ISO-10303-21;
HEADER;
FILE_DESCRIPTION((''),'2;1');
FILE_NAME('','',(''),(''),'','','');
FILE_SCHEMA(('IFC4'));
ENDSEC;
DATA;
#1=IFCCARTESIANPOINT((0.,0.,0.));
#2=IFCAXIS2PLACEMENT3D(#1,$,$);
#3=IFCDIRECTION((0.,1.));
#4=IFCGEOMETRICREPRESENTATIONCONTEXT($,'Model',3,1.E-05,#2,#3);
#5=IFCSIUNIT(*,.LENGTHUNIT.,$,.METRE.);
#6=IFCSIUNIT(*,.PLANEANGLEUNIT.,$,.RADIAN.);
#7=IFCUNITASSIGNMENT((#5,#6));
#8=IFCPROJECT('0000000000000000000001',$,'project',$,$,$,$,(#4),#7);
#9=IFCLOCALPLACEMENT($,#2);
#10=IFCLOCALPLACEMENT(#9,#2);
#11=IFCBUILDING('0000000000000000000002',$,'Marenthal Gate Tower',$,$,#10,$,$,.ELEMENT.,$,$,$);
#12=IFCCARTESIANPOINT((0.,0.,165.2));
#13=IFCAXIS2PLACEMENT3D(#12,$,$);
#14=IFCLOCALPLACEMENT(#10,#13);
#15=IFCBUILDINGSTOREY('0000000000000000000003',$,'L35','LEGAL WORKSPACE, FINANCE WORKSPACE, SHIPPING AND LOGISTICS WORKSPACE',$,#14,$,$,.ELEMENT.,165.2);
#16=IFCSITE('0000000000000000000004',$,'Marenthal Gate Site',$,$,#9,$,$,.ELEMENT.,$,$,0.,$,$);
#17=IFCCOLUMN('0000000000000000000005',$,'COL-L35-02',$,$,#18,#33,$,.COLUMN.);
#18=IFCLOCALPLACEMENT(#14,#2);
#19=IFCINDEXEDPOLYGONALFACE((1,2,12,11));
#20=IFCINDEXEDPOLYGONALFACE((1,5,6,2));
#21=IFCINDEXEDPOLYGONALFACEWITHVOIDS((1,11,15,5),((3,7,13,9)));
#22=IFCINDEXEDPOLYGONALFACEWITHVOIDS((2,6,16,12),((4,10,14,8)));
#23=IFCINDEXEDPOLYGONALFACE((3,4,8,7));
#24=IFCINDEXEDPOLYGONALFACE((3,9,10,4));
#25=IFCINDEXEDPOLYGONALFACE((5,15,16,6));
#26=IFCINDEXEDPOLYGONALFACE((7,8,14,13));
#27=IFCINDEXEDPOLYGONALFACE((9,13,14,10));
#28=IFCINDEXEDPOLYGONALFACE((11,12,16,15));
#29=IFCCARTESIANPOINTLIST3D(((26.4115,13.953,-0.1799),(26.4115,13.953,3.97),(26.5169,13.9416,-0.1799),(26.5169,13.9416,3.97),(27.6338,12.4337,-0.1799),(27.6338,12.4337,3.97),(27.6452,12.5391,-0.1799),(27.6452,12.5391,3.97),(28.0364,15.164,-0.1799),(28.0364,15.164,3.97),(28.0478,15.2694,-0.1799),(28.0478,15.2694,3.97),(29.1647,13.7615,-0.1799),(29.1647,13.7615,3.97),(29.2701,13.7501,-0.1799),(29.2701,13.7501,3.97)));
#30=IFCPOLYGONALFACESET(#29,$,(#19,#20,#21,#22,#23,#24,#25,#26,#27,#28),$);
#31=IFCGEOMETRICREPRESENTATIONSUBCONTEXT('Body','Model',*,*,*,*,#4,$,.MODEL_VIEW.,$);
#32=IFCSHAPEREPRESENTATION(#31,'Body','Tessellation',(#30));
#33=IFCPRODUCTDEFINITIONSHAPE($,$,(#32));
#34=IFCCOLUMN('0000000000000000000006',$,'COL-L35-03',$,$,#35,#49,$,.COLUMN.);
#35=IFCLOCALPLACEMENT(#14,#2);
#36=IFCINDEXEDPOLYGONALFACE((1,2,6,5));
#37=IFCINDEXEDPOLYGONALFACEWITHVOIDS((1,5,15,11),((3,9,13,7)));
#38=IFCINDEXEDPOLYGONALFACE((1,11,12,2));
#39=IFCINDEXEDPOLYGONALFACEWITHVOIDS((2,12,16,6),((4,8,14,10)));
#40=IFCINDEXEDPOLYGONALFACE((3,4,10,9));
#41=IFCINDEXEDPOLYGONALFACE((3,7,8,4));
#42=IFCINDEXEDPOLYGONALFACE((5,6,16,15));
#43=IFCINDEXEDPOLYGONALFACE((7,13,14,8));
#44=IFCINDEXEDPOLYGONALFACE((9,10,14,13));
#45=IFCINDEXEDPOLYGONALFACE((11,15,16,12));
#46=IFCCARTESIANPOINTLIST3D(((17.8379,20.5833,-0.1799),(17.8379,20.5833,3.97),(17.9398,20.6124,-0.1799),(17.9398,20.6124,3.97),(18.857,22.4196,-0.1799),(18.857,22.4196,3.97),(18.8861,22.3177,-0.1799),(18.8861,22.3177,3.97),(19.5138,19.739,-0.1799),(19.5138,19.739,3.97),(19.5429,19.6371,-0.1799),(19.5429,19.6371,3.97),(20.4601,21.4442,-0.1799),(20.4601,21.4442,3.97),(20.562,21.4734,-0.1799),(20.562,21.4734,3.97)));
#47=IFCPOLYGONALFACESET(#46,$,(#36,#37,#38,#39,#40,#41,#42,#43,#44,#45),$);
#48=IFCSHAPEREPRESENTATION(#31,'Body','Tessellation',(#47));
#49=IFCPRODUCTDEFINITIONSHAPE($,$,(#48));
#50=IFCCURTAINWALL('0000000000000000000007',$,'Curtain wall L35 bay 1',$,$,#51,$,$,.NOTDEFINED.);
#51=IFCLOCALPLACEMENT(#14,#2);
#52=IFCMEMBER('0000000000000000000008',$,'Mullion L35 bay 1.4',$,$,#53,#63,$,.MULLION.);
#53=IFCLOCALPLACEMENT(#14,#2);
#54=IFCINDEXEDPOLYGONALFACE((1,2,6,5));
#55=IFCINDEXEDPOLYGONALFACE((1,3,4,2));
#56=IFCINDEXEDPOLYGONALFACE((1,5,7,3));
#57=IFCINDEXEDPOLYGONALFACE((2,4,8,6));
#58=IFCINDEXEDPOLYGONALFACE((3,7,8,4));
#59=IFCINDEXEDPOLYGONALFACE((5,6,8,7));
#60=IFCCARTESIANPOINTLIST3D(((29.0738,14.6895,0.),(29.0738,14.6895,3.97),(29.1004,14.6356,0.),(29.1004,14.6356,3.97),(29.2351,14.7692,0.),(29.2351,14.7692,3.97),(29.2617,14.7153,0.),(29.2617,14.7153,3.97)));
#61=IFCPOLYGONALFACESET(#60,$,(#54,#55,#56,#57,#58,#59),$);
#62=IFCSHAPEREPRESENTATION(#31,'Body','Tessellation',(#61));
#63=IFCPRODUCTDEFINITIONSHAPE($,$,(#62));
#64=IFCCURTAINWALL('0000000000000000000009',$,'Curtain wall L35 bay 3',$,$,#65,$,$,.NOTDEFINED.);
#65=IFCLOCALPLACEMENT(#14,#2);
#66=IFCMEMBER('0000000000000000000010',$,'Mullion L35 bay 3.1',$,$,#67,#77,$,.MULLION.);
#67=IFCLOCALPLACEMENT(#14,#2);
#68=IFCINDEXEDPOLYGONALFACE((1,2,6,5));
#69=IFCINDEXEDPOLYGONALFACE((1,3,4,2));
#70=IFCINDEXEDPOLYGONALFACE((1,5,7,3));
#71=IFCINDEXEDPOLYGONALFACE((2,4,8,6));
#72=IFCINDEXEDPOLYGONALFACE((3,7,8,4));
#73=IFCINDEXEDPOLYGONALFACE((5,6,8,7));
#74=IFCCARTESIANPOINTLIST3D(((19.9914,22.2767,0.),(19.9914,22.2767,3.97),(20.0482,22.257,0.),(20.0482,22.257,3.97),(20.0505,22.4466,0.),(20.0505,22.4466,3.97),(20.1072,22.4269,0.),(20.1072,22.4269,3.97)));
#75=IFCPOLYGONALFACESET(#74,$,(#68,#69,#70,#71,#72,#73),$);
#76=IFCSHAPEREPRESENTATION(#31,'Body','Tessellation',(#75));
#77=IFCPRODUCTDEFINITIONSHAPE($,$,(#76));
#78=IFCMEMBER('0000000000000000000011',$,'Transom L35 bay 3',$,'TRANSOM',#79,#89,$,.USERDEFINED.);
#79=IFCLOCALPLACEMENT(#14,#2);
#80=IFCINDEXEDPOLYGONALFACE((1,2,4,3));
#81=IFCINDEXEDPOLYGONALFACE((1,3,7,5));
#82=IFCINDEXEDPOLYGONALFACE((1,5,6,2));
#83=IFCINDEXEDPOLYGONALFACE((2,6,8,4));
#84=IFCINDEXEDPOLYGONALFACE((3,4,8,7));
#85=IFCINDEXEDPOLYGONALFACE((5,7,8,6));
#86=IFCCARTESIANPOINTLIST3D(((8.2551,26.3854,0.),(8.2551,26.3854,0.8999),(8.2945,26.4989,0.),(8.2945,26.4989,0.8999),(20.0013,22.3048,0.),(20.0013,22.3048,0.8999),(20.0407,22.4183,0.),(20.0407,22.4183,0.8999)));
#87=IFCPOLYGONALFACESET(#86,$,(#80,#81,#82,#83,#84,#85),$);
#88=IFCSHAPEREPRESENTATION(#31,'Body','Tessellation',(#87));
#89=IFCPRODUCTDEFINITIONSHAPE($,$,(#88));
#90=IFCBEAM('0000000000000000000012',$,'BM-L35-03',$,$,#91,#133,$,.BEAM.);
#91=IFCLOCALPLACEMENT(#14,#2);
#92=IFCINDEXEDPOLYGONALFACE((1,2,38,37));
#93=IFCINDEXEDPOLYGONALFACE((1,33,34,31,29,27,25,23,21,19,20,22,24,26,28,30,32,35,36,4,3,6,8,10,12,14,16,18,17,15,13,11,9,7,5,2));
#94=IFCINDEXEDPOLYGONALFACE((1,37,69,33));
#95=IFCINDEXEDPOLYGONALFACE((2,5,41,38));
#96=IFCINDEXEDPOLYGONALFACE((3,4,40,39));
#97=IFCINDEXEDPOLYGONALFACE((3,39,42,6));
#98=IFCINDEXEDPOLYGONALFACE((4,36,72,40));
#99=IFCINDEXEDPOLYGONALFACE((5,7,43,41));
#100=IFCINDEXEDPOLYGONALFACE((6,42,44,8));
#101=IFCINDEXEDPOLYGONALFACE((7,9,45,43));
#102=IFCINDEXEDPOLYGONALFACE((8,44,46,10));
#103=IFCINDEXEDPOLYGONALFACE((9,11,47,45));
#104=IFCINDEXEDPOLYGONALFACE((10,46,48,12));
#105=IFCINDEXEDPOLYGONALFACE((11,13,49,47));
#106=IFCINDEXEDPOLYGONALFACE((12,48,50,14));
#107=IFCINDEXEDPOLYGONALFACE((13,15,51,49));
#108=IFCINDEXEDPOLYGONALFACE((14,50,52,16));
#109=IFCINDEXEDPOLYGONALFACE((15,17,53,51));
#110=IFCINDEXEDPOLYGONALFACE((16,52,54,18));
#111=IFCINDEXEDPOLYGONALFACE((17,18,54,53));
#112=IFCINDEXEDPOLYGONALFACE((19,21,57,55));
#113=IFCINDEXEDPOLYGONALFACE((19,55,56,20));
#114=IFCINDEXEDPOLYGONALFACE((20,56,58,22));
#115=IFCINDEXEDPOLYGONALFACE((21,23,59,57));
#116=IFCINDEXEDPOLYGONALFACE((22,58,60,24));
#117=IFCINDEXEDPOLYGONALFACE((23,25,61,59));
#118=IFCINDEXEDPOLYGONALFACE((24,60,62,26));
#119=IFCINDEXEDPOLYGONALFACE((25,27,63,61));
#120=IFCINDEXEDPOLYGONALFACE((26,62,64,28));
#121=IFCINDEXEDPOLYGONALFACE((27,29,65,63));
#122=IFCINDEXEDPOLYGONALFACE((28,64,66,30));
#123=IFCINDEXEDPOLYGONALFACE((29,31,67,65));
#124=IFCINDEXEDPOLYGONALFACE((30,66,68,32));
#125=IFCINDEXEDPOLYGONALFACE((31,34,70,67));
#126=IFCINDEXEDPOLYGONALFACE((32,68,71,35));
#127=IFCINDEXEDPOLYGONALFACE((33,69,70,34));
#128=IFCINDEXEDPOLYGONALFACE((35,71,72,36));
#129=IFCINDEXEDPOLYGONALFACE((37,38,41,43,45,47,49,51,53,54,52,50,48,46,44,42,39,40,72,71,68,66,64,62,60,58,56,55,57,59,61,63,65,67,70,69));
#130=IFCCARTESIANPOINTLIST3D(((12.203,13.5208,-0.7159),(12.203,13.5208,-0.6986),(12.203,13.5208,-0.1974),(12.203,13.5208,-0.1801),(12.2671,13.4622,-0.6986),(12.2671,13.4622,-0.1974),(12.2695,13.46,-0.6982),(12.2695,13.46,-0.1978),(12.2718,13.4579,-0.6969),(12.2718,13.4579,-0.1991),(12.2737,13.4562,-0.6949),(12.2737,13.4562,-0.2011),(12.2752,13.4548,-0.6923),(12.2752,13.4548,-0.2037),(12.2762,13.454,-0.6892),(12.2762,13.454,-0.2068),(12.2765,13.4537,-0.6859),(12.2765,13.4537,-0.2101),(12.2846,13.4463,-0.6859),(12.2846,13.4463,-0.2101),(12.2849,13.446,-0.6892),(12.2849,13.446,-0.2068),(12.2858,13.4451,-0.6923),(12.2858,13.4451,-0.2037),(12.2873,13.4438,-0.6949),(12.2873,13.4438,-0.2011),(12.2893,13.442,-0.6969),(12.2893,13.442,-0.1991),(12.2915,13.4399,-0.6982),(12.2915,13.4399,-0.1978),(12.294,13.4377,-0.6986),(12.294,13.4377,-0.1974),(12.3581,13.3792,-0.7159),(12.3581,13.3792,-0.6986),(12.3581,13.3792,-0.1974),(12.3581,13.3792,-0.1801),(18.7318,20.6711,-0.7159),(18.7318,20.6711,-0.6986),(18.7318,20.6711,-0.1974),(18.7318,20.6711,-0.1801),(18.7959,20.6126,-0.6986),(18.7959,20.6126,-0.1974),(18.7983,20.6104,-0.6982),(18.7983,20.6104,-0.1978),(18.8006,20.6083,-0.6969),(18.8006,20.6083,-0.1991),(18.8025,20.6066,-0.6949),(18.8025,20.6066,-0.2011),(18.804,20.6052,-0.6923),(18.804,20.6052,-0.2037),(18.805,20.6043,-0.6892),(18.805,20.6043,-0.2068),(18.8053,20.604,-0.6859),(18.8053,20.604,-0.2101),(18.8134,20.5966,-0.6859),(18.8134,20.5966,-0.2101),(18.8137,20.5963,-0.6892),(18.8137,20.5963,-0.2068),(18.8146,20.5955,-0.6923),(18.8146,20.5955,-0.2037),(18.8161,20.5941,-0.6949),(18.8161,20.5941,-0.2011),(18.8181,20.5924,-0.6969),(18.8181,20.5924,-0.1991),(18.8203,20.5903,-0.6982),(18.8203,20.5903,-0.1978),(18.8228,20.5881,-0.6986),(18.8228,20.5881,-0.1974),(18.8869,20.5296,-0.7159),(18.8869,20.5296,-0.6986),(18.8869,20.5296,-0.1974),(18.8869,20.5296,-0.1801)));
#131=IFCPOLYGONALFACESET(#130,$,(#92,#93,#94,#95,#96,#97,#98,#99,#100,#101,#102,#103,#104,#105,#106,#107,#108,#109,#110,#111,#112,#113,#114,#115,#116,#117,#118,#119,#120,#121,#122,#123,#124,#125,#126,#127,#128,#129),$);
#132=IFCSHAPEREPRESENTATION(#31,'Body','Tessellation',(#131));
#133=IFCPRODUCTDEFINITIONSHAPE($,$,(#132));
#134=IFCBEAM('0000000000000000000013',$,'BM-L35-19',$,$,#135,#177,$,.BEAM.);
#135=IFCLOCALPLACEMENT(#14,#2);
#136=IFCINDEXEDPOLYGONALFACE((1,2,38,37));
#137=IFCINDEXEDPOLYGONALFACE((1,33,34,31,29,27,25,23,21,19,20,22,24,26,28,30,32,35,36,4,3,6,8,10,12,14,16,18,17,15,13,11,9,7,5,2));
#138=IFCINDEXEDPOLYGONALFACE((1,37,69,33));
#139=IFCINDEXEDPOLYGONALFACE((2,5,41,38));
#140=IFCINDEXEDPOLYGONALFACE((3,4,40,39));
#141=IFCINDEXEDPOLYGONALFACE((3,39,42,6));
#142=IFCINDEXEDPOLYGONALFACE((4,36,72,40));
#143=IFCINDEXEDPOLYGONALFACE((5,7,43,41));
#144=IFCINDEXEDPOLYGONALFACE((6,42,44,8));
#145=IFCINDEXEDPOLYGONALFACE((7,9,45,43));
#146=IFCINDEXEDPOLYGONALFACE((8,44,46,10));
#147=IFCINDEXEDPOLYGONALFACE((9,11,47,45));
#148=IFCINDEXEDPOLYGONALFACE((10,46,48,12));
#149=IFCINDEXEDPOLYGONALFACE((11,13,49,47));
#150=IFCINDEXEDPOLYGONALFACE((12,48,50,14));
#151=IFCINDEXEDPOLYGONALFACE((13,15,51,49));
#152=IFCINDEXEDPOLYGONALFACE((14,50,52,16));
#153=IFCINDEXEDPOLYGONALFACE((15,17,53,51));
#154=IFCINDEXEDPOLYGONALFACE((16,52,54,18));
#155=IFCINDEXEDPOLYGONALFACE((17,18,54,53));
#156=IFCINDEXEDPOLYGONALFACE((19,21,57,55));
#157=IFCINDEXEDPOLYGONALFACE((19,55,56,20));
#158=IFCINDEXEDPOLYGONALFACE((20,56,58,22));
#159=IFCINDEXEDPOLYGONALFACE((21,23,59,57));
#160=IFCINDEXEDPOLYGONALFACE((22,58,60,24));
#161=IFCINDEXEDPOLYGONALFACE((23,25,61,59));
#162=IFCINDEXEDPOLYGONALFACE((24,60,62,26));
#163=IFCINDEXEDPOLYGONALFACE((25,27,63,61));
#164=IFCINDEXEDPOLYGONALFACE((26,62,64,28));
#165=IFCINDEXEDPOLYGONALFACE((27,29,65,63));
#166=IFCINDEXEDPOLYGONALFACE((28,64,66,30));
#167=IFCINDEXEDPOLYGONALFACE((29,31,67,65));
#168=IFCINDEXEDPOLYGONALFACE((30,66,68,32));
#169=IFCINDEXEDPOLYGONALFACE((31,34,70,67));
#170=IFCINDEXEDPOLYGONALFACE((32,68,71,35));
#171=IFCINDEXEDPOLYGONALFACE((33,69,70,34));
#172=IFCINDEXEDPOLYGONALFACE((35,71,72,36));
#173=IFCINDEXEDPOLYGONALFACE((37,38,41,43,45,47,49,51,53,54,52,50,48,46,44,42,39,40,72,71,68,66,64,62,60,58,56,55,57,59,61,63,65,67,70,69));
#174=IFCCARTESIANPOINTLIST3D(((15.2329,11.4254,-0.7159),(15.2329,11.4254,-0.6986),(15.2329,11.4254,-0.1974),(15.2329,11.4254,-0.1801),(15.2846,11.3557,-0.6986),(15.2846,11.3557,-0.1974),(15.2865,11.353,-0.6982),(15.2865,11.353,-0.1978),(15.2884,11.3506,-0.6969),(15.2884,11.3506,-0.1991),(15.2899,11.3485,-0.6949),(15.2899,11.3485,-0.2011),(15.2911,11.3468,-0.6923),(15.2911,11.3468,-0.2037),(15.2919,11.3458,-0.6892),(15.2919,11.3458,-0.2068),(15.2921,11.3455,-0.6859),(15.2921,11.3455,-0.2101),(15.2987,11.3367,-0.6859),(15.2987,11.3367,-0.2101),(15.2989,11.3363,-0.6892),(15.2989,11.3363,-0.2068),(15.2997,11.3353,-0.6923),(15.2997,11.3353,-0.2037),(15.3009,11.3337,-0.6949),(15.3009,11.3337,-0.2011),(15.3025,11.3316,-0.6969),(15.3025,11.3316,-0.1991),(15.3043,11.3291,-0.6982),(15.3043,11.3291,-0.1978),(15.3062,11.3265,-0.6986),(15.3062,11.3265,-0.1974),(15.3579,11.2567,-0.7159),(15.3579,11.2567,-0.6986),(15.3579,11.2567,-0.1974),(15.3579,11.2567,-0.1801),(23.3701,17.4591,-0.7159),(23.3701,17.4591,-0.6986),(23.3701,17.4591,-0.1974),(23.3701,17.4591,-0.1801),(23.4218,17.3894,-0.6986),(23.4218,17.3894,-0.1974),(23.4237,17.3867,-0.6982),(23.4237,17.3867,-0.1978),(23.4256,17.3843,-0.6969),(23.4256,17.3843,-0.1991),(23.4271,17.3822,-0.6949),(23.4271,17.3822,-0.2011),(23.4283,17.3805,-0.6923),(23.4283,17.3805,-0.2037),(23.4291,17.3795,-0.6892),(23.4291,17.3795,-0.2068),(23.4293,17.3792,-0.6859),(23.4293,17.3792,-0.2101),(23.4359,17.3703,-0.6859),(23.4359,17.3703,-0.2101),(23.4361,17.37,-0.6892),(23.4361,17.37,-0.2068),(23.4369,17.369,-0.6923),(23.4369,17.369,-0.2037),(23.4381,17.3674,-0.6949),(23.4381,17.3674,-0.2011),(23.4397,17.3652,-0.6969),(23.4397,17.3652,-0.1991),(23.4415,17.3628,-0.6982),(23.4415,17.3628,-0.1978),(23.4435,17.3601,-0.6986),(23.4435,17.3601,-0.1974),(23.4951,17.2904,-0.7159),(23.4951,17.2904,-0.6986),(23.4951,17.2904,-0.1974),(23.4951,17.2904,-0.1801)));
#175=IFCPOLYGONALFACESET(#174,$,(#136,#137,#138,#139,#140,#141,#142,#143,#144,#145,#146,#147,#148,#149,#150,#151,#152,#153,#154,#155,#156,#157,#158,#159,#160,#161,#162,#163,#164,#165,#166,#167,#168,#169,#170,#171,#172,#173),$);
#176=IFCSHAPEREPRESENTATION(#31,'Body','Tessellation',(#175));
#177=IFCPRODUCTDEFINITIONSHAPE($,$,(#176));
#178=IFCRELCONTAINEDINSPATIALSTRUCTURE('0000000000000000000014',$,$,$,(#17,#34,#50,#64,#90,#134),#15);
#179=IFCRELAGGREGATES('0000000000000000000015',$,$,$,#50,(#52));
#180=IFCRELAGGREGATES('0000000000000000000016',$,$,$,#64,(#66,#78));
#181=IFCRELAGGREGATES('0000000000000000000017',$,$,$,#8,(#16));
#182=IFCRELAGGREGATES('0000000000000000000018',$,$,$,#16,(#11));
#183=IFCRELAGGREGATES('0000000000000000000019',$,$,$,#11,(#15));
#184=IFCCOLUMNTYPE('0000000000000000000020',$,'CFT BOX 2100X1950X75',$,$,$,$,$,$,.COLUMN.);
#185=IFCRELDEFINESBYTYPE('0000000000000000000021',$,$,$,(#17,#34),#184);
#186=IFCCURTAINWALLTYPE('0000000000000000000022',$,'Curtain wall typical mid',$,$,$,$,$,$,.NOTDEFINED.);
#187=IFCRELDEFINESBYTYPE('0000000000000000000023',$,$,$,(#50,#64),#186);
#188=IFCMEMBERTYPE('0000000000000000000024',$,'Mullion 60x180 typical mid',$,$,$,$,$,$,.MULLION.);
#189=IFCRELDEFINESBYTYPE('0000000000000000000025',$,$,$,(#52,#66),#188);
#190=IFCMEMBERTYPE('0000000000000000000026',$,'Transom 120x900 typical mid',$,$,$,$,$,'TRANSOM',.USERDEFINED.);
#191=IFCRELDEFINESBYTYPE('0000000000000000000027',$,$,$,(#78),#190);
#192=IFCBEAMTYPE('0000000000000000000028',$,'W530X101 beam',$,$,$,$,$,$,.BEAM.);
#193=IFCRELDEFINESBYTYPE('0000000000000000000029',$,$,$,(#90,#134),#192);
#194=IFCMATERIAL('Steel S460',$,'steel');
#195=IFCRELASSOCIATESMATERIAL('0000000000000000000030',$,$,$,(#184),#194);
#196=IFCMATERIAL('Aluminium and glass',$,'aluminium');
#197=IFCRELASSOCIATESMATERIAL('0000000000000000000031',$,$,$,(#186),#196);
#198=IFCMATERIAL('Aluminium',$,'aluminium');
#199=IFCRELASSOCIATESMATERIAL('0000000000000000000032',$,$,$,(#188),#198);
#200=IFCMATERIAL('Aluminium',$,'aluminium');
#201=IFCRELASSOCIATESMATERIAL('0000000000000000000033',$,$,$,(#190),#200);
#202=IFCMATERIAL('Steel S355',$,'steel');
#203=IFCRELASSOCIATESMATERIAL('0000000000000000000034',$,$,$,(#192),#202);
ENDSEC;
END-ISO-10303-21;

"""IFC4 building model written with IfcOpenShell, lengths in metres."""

from ifc_helpers import new_model, si_unit, direction, frame, origin, origin_2d, place, context, subcontext, project, spatial, rectangle, hollow_rectangle, i_section, extrude, material, material_profile, profile_set, type_object, element, aggregate, save


model = new_model("IFC4")

# Units and contexts
model_context = context("Model", 3, precision=1e-05, world=origin(), true_north=direction((0.0, 1.0)))
body_context = subcontext(model_context, "Body", "Model", "MODEL_VIEW")
ifc_project = project(units=[si_unit("LENGTHUNIT", "METRE"), si_unit("PLANEANGLEUNIT", "RADIAN")], contexts=[model_context])

# Site, building, storey
site_placement = place(None, origin())
site = spatial("IfcSite", under=ifc_project, at=site_placement, Name="Marenthal Gate Site", CompositionType="ELEMENT", RefElevation=0.0)
building_placement = place(site_placement, origin())
building = spatial("IfcBuilding", under=site, at=building_placement, Name="Marenthal Gate Tower", CompositionType="ELEMENT")
storey_placement = place(building_placement, frame((0.0, 0.0, 165.2)))
storey = spatial("IfcBuildingStorey", under=building, at=storey_placement, Name="L35", Description="LEGAL WORKSPACE, FINANCE WORKSPACE, SHIPPING AND LOGISTICS WORKSPACE", CompositionType="ELEMENT", Elevation=165.2)

# Columns
ifc_material_1 = material(Name="Steel S460", Category="steel")
ifc_material_profile_1 = material_profile(ifc_material_1, hollow_rectangle(XDim=1.95, YDim=2.1001, WallThickness=0.075, at=origin_2d()), Name="CFT BOX 2100X1950X75")
ifc_material_2 = material(Name="Concrete 70 MPa", Category="concrete")
ifc_material_profile_2 = material_profile(ifc_material_2, rectangle(XDim=1.8, YDim=1.95, at=origin_2d()), Name="CFT BOX 2100X1950X75 INFILL")
ifc_profile_set_1 = profile_set([ifc_material_profile_1, ifc_material_profile_2], Name="Steel S460 shell, Concrete 70 MPa infill")
column_type = type_object("IfcColumnType", Name="CFT BOX 2100X1950X75", PredefinedType="COLUMN", material=ifc_profile_set_1)
for number, where, z_axis, x_axis, name in (
    (1, (27.8408, 13.8516, -0.1799), (0.0, 0.0, 1.0), (0.626831, -0.779155, 0.0), "COL-L35-02"),
    (2, (19.2, 21.0283, -0.1799), (0.0, 0.0, 1.0), (0.87438, -0.485242, 0.0), "COL-L35-03"),
):
    element("IfcColumn", number, at=place(storey_placement, frame(where, z_axis=z_axis, x_axis=x_axis)), inside=storey, type_object=column_type, Name=name, PredefinedType="COLUMN", context=body_context, shape_type="SweptSolid", body=[
        extrude(hollow_rectangle(XDim=1.95, YDim=2.1001, WallThickness=0.075, at=origin_2d()), origin(), (0.0, 0.0, 1.0), 4.1499),
    ])

# Curtain wall, member
ifc_material_3 = material(Name="Aluminium and glass", Category="aluminium")
curtain_wall_type = type_object("IfcCurtainWallType", Name="Curtain wall typical mid", PredefinedType="NOTDEFINED", material=ifc_material_3)
curtain_wall_1_placement = place(storey_placement, origin())
curtain_wall_1 = element("IfcCurtainWall", 3, at=curtain_wall_1_placement, inside=storey, type_object=curtain_wall_type, Name="Curtain wall L35 bay 1", PredefinedType="NOTDEFINED")
ifc_material_4 = material(Name="Aluminium", Category="aluminium")
ifc_material_profile_3 = material_profile(ifc_material_4, rectangle(XDim=0.1799, YDim=0.0601, at=origin_2d()), Name="60x180 aluminium mullion")
ifc_profile_set_2 = profile_set([ifc_material_profile_3], Name="Aluminium")
member_type_1 = type_object("IfcMemberType", Name="Mullion 60x180 typical mid", PredefinedType="MULLION", material=ifc_profile_set_2)
member_1_placement = place(storey_placement, frame((29.1677, 14.7024, 0.0), z_axis=(0.0, 0.0, 1.0), x_axis=(-0.896609, -0.442824, 0.0)))
member_1 = element("IfcMember", 4, at=member_1_placement, type_object=member_type_1, Name="Mullion L35 bay 1.4", PredefinedType="MULLION", context=body_context, shape_type="SweptSolid", body=[
    extrude(rectangle(XDim=0.1799, YDim=0.0601, at=origin_2d()), origin(), (0.0, 0.0, 1.0), 3.97),
])
aggregate(curtain_wall_1, [member_1])

# Curtain wall, members
curtain_wall_2_placement = place(storey_placement, origin())
curtain_wall_2 = element("IfcCurtainWall", 5, at=curtain_wall_2_placement, inside=storey, type_object=curtain_wall_type, Name="Curtain wall L35 bay 3", PredefinedType="NOTDEFINED")
member_2_placement = place(storey_placement, frame((20.0493, 22.3518, 0.0), z_axis=(0.0, 0.0, 1.0), x_axis=(-0.328158, -0.944623, 0.0)))
member_2 = element("IfcMember", 6, at=member_2_placement, type_object=member_type_1, Name="Mullion L35 bay 3.1", PredefinedType="MULLION", context=body_context, shape_type="SweptSolid", body=[
    extrude(rectangle(XDim=0.1799, YDim=0.0601, at=origin_2d()), origin(), (0.0, 0.0, 1.0), 3.97),
])
ifc_material_5 = material(Name="Aluminium", Category="aluminium")
ifc_material_profile_4 = material_profile(ifc_material_5, rectangle(XDim=0.1201, YDim=0.8999, at=origin_2d()), Name="120x900 aluminium transom")
ifc_profile_set_3 = profile_set([ifc_material_profile_4], Name="Aluminium")
member_type_2 = type_object("IfcMemberType", Name="Transom 120x900 typical mid", ElementType="TRANSOM", PredefinedType="USERDEFINED", material=ifc_profile_set_3)
member_3_placement = place(storey_placement, frame((20.021, 22.3616, 0.45), z_axis=(-0.944622, 0.32816, 0.0), x_axis=(-0.32816, -0.944622, 0.0)))
member_3 = element("IfcMember", 7, at=member_3_placement, type_object=member_type_2, Name="Transom L35 bay 3", ObjectType="TRANSOM", PredefinedType="USERDEFINED", context=body_context, shape_type="SweptSolid", body=[
    extrude(rectangle(XDim=0.1201, YDim=0.8999, at=origin_2d()), origin(), (0.0, 0.0, 1.0), 12.4348),
])

# Beams
ifc_material_6 = material(Name="Steel S355", Category="steel")
ifc_material_profile_5 = material_profile(ifc_material_6, i_section(OverallWidth=0.21, OverallDepth=0.5359, WebThickness=0.011, FlangeThickness=0.0173, FilletRadius=0.0127, at=origin_2d()), Name="W530X101")
ifc_profile_set_4 = profile_set([ifc_material_profile_5], Name="Steel S355")
beam_type_1 = type_object("IfcBeamType", Name="W530X101 beam", PredefinedType="BEAM", material=ifc_profile_set_4)
beam_1_placement = place(storey_placement, frame((18.8093, 20.6003, -0.448), z_axis=(-0.67428, -0.738476, 0.0), x_axis=(0.738476, -0.67428, 0.0)))
element("IfcBeam", 8, at=beam_1_placement, inside=storey, type_object=beam_type_1, Name="BM-L35-03", PredefinedType="BEAM", context=body_context, shape_type="SweptSolid", body=[
    extrude(i_section(OverallWidth=0.21, OverallDepth=0.5359, WebThickness=0.011, FlangeThickness=0.0173, FilletRadius=0.0127, at=origin_2d()), origin(), (0.0, 0.0, 1.0), 9.6826),
])
beam_2_placement = place(storey_placement, frame((23.4326, 17.3748, -0.448), z_axis=(-0.803268, -0.595618, 0.0), x_axis=(0.595618, -0.803268, 0.0)))
element("IfcBeam", 9, at=beam_2_placement, inside=storey, type_object=beam_type_1, Name="BM-L35-19", PredefinedType="BEAM", context=body_context, shape_type="SweptSolid", body=[
    extrude(i_section(OverallWidth=0.21, OverallDepth=0.5359, WebThickness=0.011, FlangeThickness=0.0173, FilletRadius=0.0127, at=origin_2d()), origin(), (0.0, 0.0, 1.0), 10.1301),
])

aggregate(curtain_wall_2, [member_2, member_3])

save(model, "model.ifc")
